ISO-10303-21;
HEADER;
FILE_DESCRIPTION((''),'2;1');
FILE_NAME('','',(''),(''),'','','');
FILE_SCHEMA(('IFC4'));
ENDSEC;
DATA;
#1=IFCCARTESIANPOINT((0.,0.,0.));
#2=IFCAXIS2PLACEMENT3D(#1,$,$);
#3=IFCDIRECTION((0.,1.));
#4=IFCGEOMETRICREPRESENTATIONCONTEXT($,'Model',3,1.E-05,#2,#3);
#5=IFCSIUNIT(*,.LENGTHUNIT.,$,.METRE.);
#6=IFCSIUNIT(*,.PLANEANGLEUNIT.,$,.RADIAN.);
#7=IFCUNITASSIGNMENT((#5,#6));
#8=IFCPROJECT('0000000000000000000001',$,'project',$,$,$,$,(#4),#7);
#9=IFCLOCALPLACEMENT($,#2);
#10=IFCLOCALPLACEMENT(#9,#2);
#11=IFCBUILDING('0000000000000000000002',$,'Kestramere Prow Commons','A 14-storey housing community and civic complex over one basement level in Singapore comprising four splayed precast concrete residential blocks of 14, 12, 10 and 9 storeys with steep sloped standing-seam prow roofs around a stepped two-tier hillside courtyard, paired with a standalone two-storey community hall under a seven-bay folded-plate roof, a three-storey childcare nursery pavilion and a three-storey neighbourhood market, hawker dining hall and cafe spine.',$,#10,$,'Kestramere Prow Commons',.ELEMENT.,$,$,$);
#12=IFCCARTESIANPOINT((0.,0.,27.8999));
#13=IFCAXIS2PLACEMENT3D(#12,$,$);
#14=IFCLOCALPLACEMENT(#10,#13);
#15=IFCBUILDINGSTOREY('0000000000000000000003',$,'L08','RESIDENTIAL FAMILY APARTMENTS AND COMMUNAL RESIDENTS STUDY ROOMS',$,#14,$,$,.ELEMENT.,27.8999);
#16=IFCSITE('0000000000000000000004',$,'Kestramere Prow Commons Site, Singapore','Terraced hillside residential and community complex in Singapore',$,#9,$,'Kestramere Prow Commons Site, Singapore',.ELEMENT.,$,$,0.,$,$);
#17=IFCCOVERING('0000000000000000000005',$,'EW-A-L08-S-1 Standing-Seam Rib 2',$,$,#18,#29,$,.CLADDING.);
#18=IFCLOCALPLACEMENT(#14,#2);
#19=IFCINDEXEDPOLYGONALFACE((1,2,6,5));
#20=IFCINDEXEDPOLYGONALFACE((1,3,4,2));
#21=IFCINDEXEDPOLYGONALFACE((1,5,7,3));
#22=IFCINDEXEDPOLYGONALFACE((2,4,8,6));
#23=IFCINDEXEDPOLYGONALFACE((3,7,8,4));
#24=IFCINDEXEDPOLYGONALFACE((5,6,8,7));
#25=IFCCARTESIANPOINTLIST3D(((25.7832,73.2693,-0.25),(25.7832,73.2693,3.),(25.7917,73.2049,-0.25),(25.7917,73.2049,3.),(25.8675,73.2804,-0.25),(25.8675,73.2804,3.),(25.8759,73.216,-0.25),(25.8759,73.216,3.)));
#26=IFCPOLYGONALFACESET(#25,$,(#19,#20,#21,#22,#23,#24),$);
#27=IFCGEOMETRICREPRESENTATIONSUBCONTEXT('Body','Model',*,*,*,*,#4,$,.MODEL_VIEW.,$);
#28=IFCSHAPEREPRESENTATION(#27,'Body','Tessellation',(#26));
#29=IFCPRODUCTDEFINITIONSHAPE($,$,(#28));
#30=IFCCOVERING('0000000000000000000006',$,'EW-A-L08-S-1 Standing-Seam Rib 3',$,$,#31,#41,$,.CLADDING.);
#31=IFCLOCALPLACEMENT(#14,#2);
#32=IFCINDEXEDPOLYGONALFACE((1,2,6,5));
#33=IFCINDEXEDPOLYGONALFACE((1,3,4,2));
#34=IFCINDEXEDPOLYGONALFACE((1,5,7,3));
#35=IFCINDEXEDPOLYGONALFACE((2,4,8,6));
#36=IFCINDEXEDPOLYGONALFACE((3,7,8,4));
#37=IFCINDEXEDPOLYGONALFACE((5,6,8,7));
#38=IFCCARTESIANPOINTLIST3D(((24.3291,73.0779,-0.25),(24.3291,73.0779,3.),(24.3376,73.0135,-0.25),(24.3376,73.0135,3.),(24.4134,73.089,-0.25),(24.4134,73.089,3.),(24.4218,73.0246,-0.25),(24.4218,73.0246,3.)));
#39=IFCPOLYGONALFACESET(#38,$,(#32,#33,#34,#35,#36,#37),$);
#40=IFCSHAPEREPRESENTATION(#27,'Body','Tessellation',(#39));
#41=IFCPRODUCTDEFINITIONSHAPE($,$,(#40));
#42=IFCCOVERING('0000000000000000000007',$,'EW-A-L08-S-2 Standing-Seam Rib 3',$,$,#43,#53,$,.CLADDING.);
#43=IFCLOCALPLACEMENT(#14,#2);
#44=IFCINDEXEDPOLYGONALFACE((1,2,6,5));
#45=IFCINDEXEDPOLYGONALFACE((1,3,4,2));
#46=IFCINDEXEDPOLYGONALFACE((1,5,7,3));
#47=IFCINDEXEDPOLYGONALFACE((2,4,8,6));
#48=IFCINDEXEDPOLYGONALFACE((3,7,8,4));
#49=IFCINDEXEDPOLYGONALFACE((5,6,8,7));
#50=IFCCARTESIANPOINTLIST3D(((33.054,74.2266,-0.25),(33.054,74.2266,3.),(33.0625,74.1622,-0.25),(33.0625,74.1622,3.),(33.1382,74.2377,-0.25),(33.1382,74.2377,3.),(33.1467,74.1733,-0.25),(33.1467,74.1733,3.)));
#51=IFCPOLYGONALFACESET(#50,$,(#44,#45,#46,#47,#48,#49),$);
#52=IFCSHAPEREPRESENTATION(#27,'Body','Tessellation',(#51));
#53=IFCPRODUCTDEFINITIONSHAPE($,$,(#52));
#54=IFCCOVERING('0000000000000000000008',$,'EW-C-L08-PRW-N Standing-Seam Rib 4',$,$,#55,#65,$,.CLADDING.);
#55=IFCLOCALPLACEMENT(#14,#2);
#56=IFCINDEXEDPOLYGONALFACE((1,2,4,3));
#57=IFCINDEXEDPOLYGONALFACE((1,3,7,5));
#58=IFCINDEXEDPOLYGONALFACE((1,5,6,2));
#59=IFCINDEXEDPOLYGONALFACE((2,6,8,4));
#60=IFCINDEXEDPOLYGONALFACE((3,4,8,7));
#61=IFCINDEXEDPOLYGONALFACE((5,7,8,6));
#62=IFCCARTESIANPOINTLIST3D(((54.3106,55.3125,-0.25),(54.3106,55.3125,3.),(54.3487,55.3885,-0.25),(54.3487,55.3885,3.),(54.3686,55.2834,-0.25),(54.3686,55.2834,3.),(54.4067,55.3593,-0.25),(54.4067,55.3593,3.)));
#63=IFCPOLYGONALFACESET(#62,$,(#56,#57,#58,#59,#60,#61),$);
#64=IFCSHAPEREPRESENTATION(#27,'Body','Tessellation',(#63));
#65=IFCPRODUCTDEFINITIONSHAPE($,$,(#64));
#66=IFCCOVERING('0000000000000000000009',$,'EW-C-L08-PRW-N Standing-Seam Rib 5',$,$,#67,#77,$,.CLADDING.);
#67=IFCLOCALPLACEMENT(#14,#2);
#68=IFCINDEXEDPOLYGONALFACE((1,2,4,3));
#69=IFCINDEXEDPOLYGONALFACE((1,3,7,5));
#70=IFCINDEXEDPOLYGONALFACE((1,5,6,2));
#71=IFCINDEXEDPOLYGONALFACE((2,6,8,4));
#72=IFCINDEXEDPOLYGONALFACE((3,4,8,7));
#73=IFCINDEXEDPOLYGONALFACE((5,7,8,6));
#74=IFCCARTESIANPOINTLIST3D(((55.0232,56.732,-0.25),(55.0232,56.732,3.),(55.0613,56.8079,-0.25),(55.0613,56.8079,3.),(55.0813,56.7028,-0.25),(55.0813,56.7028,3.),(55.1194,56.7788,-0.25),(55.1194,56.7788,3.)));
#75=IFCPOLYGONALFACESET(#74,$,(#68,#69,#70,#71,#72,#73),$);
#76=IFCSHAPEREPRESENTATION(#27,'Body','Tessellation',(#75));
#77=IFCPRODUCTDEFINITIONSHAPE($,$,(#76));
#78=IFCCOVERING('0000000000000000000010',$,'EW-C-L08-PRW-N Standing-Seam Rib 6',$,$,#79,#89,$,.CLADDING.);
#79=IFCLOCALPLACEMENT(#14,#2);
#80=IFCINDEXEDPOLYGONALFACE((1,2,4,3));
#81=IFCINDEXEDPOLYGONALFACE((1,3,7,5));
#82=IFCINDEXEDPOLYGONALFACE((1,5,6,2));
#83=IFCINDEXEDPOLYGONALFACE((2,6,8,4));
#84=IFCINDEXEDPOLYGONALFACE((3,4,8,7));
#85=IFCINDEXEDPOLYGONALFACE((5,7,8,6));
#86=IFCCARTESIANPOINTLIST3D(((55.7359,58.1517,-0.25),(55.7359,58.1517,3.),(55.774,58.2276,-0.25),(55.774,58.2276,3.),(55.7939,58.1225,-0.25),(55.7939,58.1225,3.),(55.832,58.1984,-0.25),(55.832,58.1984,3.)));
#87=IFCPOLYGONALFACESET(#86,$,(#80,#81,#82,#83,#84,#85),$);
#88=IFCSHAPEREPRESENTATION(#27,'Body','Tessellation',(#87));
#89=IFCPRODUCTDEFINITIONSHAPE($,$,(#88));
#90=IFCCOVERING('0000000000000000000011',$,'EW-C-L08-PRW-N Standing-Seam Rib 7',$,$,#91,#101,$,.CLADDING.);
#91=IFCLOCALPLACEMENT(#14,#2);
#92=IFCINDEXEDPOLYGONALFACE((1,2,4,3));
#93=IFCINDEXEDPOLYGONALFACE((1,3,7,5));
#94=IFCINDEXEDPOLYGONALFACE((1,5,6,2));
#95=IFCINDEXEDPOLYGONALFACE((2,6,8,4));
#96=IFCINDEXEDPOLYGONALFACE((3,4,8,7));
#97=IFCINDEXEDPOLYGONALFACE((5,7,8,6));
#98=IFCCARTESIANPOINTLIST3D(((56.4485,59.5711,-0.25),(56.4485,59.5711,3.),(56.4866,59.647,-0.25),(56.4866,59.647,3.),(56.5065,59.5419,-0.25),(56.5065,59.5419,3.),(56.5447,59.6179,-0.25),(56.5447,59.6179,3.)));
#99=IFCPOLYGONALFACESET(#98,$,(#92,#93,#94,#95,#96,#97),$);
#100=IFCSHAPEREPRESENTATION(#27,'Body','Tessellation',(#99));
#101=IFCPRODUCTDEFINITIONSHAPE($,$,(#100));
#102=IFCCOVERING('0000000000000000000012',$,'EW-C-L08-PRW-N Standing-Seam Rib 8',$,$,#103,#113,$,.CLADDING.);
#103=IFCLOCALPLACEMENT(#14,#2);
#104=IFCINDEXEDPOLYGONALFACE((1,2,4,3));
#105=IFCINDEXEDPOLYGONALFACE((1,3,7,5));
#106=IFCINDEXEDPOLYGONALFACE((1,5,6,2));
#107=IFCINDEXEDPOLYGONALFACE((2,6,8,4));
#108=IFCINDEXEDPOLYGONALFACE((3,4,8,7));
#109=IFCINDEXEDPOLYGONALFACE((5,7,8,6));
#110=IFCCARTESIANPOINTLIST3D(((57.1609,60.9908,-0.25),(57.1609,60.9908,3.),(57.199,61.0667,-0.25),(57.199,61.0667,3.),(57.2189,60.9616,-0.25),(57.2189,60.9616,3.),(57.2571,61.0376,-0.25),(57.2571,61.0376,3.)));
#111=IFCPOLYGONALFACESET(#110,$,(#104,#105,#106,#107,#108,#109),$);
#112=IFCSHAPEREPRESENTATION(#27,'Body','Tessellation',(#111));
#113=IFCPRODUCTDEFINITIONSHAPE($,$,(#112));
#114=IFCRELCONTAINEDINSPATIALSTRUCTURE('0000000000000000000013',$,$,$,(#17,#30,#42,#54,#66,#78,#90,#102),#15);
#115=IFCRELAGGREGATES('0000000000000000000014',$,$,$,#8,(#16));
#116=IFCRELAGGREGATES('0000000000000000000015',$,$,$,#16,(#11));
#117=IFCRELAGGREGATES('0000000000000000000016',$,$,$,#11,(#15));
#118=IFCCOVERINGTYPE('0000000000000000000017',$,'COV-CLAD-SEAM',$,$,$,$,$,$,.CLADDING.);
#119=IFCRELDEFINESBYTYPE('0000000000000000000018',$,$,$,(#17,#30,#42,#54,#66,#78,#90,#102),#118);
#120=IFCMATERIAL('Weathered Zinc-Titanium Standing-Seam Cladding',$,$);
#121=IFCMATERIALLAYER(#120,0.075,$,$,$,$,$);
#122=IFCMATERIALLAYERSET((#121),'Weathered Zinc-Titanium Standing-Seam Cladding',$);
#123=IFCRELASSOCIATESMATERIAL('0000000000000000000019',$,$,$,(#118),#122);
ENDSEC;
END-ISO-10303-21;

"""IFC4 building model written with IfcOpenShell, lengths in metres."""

from ifc_helpers import new_model, si_unit, direction, frame, origin, origin_2d, place, context, subcontext, project, spatial, rectangle, extrude, material, layer, layer_set, type_object, element, save


model = new_model("IFC4")

# Units and contexts
model_context = context("Model", 3, precision=1e-05, world=origin(), true_north=direction((0.0, 1.0)))
body_context = subcontext(model_context, "Body", "Model", "MODEL_VIEW")
ifc_project = project(units=[si_unit("LENGTHUNIT", "METRE"), si_unit("PLANEANGLEUNIT", "RADIAN")], contexts=[model_context])

# Site, building, storey
site_placement = place(None, origin())
site = spatial("IfcSite", under=ifc_project, at=site_placement, Name="Kestramere Prow Commons Site, Singapore", Description="Terraced hillside residential and community complex in Singapore", LongName="Kestramere Prow Commons Site, Singapore", CompositionType="ELEMENT", RefElevation=0.0)
building_placement = place(site_placement, origin())
building = spatial("IfcBuilding", under=site, at=building_placement, Name="Kestramere Prow Commons", Description="A 14-storey housing community and civic complex over one basement level in Singapore comprising four splayed precast concrete residential blocks of 14, 12, 10 and 9 storeys with steep sloped standing-seam prow roofs around a stepped two-tier hillside courtyard, paired with a standalone two-storey community hall under a seven-bay folded-plate roof, a three-storey childcare nursery pavilion and a three-storey neighbourhood market, hawker dining hall and cafe spine.", LongName="Kestramere Prow Commons", CompositionType="ELEMENT")
storey_placement = place(building_placement, frame((0.0, 0.0, 27.8999)))
storey = spatial("IfcBuildingStorey", under=building, at=storey_placement, Name="L08", Description="RESIDENTIAL FAMILY APARTMENTS AND COMMUNAL RESIDENTS STUDY ROOMS", CompositionType="ELEMENT", Elevation=27.8999)

# Coverings
ifc_material_1 = material(Name="Weathered Zinc-Titanium Standing-Seam Cladding")
ifc_layer_1 = layer(ifc_material_1, 0.075)
ifc_layer_set_1 = layer_set([ifc_layer_1], Name="Weathered Zinc-Titanium Standing-Seam Cladding")
covering_type = type_object("IfcCoveringType", Name="COV-CLAD-SEAM", PredefinedType="CLADDING", material=ifc_layer_set_1)
for number, where, z_axis, x_axis, name in (
    (1, (25.8296, 73.2427, -0.25), (0.0, 0.0, 1.0), (-0.991445, -0.130526, 0.0), "EW-A-L08-S-1 Standing-Seam Rib 2"),
    (2, (24.3755, 73.0513, -0.25), (0.0, 0.0, 1.0), (-0.991445, -0.130526, 0.0), "EW-A-L08-S-1 Standing-Seam Rib 3"),
    (3, (33.1003, 74.2, -0.25), (0.0, 0.0, 1.0), (-0.991445, -0.130526, 0.0), "EW-A-L08-S-2 Standing-Seam Rib 3"),
    (4, (54.3586, 55.3359, -0.25), (0.0, 0.0, 1.0), (0.44862, 0.893722, 0.0), "EW-C-L08-PRW-N Standing-Seam Rib 4"),
    (5, (55.0713, 56.7554, -0.25), (0.0, 0.0, 1.0), (0.44862, 0.893722, 0.0), "EW-C-L08-PRW-N Standing-Seam Rib 5"),
    (6, (55.7839, 58.175, -0.25), (0.0, 0.0, 1.0), (0.44862, 0.893722, 0.0), "EW-C-L08-PRW-N Standing-Seam Rib 6"),
    (7, (56.4966, 59.5945, -0.25), (0.0, 0.0, 1.0), (0.44862, 0.893722, 0.0), "EW-C-L08-PRW-N Standing-Seam Rib 7"),
    (8, (57.209, 61.0142, -0.25), (0.0, 0.0, 1.0), (0.44862, 0.893722, 0.0), "EW-C-L08-PRW-N Standing-Seam Rib 8"),
):
    element("IfcCovering", number, at=place(storey_placement, frame(where, z_axis=z_axis, x_axis=x_axis)), inside=storey, type_object=covering_type, Name=name, PredefinedType="CLADDING", context=body_context, shape_type="SweptSolid", body=[
        extrude(rectangle(XDim=0.085, YDim=0.0649, at=origin_2d()), origin(), (0.0, 0.0, 1.0), 3.25),
    ])

save(model, "model.ifc")
